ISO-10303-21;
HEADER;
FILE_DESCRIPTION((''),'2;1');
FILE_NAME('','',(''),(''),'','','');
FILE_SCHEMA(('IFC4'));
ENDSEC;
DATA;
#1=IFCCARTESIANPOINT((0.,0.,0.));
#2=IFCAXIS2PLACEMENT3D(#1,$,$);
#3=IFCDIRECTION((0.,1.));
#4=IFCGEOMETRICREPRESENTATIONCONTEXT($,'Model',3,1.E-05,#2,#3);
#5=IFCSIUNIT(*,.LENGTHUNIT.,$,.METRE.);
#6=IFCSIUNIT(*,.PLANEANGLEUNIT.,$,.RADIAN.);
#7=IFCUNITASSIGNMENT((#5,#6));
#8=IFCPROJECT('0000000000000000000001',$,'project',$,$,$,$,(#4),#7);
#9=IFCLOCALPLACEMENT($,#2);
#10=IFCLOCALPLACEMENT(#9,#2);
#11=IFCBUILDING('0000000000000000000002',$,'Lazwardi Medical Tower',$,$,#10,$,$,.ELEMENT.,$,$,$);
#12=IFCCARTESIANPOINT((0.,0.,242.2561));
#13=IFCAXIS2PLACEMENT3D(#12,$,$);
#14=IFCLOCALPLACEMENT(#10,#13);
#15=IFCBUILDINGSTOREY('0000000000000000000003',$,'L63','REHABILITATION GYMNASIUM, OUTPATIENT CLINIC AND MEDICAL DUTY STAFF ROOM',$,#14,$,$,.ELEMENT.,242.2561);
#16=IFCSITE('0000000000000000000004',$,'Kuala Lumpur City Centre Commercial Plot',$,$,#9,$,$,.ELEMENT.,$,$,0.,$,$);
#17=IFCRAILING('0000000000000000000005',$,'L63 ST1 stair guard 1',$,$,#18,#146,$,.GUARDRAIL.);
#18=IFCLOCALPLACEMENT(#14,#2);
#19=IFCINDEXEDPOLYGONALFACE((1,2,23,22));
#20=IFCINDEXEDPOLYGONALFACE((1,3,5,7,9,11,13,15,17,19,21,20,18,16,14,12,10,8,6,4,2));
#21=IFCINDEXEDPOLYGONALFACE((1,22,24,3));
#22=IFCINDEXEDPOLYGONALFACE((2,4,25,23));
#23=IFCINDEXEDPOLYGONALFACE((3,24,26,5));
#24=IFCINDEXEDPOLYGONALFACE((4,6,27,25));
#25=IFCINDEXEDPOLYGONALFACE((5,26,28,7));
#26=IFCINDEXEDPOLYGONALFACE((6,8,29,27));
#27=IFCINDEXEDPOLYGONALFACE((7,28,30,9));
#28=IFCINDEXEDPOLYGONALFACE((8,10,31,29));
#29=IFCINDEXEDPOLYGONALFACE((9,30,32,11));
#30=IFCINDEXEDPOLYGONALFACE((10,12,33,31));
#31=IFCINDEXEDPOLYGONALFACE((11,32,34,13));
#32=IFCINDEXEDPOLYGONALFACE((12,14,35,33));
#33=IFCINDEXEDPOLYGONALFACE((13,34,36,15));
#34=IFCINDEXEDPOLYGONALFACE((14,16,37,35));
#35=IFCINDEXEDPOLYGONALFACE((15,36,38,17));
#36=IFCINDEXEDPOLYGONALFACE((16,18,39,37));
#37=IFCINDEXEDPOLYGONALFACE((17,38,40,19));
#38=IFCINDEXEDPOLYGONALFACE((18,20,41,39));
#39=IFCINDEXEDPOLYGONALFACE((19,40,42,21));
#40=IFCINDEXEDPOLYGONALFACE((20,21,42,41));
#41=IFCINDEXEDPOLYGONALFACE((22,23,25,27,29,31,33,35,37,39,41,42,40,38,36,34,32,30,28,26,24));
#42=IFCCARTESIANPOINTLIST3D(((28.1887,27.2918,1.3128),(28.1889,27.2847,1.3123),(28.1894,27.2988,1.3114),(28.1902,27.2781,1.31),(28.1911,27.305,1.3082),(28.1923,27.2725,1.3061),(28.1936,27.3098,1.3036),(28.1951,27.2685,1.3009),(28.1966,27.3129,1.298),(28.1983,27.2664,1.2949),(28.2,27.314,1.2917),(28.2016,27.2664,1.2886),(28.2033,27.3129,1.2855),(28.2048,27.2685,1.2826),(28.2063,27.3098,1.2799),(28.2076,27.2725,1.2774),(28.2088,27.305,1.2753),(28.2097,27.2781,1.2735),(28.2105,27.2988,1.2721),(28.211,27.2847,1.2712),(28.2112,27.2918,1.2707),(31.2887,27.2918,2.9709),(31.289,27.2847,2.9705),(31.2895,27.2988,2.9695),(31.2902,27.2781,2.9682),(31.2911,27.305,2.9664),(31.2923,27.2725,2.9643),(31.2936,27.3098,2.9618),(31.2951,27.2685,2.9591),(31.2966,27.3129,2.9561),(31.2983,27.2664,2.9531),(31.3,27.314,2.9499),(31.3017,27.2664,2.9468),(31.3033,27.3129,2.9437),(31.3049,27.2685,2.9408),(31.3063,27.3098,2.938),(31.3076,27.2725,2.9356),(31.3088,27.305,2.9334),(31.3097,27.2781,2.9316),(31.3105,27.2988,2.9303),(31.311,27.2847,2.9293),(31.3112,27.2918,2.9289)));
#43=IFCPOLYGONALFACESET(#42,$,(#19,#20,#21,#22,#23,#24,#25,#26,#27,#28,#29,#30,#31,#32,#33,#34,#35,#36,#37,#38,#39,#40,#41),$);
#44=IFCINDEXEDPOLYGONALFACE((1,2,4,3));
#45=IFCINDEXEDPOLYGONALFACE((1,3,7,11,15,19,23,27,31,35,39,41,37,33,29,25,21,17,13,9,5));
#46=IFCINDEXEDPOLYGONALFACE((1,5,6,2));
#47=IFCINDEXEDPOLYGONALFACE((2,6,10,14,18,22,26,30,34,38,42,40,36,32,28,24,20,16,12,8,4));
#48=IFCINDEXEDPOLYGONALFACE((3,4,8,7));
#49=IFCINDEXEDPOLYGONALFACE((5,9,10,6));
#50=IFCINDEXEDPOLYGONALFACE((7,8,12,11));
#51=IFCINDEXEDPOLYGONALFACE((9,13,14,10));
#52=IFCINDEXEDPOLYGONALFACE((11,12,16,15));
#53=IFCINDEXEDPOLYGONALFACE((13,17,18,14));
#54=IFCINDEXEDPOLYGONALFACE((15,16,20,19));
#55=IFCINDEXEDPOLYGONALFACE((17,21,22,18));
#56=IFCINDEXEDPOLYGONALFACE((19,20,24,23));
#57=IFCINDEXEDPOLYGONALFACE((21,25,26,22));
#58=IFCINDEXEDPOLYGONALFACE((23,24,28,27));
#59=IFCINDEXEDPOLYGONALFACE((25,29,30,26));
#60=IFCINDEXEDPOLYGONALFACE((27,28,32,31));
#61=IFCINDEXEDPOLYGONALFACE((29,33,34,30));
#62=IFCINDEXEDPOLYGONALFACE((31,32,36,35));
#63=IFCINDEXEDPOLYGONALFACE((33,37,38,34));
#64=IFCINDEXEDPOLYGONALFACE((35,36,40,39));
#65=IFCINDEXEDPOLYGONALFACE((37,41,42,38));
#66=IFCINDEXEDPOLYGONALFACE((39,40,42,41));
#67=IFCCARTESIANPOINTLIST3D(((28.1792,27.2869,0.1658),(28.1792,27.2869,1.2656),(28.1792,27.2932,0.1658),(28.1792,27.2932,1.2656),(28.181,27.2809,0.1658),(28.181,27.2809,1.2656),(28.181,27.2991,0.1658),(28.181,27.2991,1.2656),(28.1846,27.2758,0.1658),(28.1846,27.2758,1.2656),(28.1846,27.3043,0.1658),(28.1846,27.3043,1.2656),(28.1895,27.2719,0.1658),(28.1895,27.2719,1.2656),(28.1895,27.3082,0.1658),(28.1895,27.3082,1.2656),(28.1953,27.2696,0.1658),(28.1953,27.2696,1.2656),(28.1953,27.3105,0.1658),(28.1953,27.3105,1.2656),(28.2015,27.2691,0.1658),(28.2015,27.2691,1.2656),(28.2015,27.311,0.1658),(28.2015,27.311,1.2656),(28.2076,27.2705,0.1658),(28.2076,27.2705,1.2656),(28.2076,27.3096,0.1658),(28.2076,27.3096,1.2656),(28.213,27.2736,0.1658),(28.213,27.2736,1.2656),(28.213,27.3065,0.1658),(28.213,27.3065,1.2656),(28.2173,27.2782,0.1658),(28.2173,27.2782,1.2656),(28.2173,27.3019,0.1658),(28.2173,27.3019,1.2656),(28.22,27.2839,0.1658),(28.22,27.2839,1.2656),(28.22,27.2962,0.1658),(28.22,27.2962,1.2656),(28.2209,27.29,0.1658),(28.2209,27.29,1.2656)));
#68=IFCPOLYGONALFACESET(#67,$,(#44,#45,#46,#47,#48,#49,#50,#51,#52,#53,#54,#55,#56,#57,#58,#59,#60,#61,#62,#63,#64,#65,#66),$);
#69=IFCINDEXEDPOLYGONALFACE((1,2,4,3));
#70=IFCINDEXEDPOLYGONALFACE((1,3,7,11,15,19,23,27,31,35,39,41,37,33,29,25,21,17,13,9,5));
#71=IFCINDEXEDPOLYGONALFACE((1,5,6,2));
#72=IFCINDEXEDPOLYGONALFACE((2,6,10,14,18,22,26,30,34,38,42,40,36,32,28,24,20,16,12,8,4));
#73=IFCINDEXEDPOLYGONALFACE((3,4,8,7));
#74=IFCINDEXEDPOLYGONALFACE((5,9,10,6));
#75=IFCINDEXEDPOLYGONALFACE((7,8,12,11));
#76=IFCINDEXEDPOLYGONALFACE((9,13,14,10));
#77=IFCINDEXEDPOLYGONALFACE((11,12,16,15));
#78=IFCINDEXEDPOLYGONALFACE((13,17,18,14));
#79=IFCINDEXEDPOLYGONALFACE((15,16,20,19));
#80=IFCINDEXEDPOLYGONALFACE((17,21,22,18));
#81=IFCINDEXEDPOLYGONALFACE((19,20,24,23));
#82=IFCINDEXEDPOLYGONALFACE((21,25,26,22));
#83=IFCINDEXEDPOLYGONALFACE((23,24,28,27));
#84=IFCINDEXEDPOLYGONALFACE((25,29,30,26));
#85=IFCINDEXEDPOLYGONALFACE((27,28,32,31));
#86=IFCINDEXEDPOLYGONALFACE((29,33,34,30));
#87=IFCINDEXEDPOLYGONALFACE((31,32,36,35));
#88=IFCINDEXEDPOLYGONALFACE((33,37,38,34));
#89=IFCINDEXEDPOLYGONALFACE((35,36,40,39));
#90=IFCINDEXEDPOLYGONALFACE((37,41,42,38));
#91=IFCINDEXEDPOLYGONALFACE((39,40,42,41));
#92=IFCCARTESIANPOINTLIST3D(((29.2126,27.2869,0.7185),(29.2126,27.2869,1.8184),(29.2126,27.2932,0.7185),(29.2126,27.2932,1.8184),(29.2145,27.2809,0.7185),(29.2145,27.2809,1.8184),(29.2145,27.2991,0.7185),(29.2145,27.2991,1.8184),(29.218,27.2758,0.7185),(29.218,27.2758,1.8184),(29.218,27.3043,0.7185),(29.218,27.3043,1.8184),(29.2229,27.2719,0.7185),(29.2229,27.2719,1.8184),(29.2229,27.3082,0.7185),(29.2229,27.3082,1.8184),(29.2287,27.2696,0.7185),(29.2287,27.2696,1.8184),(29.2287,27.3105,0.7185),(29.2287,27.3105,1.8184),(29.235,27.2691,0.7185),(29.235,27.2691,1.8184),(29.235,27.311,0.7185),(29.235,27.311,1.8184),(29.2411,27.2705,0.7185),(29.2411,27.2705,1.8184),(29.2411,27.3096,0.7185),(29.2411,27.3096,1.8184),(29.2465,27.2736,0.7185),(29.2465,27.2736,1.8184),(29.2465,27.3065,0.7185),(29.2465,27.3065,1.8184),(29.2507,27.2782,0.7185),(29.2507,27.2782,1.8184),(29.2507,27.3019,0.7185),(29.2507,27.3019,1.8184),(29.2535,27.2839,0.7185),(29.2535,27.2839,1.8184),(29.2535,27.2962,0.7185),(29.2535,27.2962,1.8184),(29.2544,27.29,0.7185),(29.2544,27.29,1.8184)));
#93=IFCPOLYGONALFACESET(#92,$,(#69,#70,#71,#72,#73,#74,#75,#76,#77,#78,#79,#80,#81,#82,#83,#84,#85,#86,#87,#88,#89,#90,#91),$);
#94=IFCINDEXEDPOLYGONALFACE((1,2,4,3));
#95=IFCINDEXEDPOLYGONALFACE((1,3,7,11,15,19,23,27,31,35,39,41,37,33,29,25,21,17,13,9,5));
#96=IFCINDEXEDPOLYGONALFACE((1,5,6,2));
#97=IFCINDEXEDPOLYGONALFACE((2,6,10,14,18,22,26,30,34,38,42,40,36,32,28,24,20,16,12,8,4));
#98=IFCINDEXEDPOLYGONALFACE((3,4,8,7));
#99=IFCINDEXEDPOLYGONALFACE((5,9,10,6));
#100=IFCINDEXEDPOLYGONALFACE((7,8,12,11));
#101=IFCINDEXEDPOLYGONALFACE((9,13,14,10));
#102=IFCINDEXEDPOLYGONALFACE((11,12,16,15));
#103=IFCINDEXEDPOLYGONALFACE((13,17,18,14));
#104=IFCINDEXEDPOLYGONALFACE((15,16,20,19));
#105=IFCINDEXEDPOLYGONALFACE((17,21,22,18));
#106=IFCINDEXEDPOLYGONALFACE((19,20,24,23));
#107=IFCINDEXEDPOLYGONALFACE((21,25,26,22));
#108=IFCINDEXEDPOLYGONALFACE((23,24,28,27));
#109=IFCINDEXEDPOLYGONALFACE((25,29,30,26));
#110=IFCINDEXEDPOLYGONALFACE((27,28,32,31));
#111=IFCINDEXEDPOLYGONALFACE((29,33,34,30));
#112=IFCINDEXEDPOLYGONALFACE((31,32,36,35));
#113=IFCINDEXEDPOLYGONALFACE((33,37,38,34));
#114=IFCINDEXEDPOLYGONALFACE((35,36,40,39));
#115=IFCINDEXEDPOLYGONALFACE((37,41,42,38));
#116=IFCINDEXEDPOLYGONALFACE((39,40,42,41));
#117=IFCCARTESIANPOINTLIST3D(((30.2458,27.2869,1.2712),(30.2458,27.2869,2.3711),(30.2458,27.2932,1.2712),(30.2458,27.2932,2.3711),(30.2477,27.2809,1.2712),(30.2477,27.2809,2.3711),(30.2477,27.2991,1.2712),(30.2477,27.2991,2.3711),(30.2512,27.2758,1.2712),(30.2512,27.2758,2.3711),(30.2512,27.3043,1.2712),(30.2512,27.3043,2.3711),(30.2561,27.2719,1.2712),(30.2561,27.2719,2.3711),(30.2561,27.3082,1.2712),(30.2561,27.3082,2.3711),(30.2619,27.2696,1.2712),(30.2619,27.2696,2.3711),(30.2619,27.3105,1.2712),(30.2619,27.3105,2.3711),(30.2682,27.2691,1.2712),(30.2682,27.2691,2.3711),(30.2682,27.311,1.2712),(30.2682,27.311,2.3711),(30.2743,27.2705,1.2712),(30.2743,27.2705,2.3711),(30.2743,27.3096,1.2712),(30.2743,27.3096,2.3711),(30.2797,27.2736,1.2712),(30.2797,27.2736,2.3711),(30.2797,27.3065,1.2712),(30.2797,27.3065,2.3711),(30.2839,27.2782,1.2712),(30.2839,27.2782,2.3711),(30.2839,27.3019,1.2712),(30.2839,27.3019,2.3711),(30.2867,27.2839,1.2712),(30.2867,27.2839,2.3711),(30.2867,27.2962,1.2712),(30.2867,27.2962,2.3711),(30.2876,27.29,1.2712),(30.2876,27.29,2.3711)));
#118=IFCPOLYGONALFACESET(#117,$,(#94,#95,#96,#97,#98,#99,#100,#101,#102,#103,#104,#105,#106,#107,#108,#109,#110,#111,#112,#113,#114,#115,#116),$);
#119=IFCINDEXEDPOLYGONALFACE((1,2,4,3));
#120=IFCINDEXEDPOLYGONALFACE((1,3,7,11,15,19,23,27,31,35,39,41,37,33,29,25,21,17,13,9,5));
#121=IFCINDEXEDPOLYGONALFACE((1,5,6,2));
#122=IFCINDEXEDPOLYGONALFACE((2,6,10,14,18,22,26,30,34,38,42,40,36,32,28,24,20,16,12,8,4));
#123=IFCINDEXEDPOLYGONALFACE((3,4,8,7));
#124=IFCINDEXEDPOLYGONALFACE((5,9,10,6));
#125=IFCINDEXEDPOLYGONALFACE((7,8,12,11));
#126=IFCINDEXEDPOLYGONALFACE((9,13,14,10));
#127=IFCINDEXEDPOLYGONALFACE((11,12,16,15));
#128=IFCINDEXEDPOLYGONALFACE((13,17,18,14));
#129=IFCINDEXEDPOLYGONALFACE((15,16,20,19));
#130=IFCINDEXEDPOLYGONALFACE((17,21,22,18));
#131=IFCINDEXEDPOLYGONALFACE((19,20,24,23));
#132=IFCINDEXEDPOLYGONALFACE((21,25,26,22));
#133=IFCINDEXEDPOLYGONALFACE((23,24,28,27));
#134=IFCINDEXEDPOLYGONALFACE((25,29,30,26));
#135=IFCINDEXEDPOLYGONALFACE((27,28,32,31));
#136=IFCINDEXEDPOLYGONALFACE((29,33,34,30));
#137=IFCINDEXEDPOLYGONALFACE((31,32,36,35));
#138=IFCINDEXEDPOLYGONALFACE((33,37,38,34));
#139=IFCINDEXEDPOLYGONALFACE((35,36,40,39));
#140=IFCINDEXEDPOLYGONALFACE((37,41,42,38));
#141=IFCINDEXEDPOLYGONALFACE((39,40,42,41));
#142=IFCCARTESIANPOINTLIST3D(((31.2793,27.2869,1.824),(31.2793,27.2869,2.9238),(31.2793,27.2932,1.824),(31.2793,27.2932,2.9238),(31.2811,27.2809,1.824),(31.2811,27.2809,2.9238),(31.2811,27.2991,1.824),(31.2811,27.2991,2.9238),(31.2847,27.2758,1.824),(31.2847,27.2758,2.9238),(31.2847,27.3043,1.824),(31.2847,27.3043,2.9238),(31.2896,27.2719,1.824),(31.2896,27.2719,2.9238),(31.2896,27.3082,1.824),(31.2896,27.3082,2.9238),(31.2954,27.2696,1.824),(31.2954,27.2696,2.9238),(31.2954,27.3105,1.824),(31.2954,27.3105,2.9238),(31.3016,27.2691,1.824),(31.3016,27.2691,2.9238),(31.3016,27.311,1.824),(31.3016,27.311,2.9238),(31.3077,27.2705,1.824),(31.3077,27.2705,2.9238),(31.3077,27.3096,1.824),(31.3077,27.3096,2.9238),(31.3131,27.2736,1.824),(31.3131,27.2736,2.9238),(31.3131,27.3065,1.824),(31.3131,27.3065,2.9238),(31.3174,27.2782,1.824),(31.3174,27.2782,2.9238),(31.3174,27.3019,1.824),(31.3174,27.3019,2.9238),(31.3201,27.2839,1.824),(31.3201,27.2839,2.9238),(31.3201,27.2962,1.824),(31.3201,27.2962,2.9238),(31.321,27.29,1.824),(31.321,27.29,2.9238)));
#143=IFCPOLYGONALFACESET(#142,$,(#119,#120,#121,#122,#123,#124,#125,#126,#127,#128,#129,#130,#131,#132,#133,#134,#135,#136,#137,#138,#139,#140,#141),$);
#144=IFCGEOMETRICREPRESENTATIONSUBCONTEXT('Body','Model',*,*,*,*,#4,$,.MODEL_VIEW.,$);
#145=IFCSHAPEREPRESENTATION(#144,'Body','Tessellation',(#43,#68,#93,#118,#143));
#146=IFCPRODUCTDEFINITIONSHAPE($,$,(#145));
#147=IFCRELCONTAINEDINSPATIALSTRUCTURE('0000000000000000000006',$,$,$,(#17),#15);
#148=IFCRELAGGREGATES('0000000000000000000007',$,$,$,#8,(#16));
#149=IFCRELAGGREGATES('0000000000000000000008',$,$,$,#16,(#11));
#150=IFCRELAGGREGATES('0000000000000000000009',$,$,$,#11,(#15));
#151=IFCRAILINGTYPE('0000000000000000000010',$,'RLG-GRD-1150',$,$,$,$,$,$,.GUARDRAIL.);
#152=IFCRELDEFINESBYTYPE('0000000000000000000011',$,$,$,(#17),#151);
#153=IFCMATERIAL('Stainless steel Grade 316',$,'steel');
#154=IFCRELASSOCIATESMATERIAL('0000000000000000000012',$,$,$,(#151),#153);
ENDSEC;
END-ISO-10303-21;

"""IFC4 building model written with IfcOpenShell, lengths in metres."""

from ifc_helpers import new_model, si_unit, direction, frame, origin, origin_2d, place, context, subcontext, project, spatial, circle, extrude, material, type_object, element, save


model = new_model("IFC4")

# Units and contexts
model_context = context("Model", 3, precision=1e-05, world=origin(), true_north=direction((0.0, 1.0)))
body_context = subcontext(model_context, "Body", "Model", "MODEL_VIEW")
ifc_project = project(units=[si_unit("LENGTHUNIT", "METRE"), si_unit("PLANEANGLEUNIT", "RADIAN")], contexts=[model_context])

# Site, building, storey
site_placement = place(None, origin())
site = spatial("IfcSite", under=ifc_project, at=site_placement, Name="Kuala Lumpur City Centre Commercial Plot", CompositionType="ELEMENT", RefElevation=0.0)
building_placement = place(site_placement, origin())
building = spatial("IfcBuilding", under=site, at=building_placement, Name="Lazwardi Medical Tower", CompositionType="ELEMENT")
storey_placement = place(building_placement, frame((0.0, 0.0, 242.2561)))
storey = spatial("IfcBuildingStorey", under=building, at=storey_placement, Name="L63", Description="REHABILITATION GYMNASIUM, OUTPATIENT CLINIC AND MEDICAL DUTY STAFF ROOM", CompositionType="ELEMENT", Elevation=242.2561)

# Railing
ifc_material_1 = material(Name="Stainless steel Grade 316", Category="steel")
railing_type_1 = type_object("IfcRailingType", Name="RLG-GRD-1150", PredefinedType="GUARDRAIL", material=ifc_material_1)
railing_1_placement = place(storey_placement, frame((28.2, 27.29, 0.1658)))
element("IfcRailing", 1, at=railing_1_placement, inside=storey, type_object=railing_type_1, Name="L63 ST1 stair guard 1", PredefinedType="GUARDRAIL", context=body_context, shape_type="SweptSolid", body=[
    extrude(circle(Radius=0.0239, at=origin_2d()), frame((0.0, 0.0, 1.126), z_axis=(0.881783, 0.0, 0.471655), x_axis=(0.0, 1.0, 0.0)), (0.0, 0.0, 1.0), 3.5156),
    extrude(circle(Radius=0.021, at=origin_2d()), origin(), (0.0, 0.0, 1.0), 1.0999),
    extrude(circle(Radius=0.021, at=origin_2d()), frame((1.0334, 0.0, 0.5527)), (0.0, 0.0, 1.0), 1.0999),
    extrude(circle(Radius=0.021, at=origin_2d()), frame((2.0667, 0.0, 1.1055)), (0.0, 0.0, 1.0), 1.0999),
    extrude(circle(Radius=0.021, at=origin_2d()), frame((3.1001, 0.0, 1.6582)), (0.0, 0.0, 1.0), 1.0999),
])

save(model, "model.ifc")
